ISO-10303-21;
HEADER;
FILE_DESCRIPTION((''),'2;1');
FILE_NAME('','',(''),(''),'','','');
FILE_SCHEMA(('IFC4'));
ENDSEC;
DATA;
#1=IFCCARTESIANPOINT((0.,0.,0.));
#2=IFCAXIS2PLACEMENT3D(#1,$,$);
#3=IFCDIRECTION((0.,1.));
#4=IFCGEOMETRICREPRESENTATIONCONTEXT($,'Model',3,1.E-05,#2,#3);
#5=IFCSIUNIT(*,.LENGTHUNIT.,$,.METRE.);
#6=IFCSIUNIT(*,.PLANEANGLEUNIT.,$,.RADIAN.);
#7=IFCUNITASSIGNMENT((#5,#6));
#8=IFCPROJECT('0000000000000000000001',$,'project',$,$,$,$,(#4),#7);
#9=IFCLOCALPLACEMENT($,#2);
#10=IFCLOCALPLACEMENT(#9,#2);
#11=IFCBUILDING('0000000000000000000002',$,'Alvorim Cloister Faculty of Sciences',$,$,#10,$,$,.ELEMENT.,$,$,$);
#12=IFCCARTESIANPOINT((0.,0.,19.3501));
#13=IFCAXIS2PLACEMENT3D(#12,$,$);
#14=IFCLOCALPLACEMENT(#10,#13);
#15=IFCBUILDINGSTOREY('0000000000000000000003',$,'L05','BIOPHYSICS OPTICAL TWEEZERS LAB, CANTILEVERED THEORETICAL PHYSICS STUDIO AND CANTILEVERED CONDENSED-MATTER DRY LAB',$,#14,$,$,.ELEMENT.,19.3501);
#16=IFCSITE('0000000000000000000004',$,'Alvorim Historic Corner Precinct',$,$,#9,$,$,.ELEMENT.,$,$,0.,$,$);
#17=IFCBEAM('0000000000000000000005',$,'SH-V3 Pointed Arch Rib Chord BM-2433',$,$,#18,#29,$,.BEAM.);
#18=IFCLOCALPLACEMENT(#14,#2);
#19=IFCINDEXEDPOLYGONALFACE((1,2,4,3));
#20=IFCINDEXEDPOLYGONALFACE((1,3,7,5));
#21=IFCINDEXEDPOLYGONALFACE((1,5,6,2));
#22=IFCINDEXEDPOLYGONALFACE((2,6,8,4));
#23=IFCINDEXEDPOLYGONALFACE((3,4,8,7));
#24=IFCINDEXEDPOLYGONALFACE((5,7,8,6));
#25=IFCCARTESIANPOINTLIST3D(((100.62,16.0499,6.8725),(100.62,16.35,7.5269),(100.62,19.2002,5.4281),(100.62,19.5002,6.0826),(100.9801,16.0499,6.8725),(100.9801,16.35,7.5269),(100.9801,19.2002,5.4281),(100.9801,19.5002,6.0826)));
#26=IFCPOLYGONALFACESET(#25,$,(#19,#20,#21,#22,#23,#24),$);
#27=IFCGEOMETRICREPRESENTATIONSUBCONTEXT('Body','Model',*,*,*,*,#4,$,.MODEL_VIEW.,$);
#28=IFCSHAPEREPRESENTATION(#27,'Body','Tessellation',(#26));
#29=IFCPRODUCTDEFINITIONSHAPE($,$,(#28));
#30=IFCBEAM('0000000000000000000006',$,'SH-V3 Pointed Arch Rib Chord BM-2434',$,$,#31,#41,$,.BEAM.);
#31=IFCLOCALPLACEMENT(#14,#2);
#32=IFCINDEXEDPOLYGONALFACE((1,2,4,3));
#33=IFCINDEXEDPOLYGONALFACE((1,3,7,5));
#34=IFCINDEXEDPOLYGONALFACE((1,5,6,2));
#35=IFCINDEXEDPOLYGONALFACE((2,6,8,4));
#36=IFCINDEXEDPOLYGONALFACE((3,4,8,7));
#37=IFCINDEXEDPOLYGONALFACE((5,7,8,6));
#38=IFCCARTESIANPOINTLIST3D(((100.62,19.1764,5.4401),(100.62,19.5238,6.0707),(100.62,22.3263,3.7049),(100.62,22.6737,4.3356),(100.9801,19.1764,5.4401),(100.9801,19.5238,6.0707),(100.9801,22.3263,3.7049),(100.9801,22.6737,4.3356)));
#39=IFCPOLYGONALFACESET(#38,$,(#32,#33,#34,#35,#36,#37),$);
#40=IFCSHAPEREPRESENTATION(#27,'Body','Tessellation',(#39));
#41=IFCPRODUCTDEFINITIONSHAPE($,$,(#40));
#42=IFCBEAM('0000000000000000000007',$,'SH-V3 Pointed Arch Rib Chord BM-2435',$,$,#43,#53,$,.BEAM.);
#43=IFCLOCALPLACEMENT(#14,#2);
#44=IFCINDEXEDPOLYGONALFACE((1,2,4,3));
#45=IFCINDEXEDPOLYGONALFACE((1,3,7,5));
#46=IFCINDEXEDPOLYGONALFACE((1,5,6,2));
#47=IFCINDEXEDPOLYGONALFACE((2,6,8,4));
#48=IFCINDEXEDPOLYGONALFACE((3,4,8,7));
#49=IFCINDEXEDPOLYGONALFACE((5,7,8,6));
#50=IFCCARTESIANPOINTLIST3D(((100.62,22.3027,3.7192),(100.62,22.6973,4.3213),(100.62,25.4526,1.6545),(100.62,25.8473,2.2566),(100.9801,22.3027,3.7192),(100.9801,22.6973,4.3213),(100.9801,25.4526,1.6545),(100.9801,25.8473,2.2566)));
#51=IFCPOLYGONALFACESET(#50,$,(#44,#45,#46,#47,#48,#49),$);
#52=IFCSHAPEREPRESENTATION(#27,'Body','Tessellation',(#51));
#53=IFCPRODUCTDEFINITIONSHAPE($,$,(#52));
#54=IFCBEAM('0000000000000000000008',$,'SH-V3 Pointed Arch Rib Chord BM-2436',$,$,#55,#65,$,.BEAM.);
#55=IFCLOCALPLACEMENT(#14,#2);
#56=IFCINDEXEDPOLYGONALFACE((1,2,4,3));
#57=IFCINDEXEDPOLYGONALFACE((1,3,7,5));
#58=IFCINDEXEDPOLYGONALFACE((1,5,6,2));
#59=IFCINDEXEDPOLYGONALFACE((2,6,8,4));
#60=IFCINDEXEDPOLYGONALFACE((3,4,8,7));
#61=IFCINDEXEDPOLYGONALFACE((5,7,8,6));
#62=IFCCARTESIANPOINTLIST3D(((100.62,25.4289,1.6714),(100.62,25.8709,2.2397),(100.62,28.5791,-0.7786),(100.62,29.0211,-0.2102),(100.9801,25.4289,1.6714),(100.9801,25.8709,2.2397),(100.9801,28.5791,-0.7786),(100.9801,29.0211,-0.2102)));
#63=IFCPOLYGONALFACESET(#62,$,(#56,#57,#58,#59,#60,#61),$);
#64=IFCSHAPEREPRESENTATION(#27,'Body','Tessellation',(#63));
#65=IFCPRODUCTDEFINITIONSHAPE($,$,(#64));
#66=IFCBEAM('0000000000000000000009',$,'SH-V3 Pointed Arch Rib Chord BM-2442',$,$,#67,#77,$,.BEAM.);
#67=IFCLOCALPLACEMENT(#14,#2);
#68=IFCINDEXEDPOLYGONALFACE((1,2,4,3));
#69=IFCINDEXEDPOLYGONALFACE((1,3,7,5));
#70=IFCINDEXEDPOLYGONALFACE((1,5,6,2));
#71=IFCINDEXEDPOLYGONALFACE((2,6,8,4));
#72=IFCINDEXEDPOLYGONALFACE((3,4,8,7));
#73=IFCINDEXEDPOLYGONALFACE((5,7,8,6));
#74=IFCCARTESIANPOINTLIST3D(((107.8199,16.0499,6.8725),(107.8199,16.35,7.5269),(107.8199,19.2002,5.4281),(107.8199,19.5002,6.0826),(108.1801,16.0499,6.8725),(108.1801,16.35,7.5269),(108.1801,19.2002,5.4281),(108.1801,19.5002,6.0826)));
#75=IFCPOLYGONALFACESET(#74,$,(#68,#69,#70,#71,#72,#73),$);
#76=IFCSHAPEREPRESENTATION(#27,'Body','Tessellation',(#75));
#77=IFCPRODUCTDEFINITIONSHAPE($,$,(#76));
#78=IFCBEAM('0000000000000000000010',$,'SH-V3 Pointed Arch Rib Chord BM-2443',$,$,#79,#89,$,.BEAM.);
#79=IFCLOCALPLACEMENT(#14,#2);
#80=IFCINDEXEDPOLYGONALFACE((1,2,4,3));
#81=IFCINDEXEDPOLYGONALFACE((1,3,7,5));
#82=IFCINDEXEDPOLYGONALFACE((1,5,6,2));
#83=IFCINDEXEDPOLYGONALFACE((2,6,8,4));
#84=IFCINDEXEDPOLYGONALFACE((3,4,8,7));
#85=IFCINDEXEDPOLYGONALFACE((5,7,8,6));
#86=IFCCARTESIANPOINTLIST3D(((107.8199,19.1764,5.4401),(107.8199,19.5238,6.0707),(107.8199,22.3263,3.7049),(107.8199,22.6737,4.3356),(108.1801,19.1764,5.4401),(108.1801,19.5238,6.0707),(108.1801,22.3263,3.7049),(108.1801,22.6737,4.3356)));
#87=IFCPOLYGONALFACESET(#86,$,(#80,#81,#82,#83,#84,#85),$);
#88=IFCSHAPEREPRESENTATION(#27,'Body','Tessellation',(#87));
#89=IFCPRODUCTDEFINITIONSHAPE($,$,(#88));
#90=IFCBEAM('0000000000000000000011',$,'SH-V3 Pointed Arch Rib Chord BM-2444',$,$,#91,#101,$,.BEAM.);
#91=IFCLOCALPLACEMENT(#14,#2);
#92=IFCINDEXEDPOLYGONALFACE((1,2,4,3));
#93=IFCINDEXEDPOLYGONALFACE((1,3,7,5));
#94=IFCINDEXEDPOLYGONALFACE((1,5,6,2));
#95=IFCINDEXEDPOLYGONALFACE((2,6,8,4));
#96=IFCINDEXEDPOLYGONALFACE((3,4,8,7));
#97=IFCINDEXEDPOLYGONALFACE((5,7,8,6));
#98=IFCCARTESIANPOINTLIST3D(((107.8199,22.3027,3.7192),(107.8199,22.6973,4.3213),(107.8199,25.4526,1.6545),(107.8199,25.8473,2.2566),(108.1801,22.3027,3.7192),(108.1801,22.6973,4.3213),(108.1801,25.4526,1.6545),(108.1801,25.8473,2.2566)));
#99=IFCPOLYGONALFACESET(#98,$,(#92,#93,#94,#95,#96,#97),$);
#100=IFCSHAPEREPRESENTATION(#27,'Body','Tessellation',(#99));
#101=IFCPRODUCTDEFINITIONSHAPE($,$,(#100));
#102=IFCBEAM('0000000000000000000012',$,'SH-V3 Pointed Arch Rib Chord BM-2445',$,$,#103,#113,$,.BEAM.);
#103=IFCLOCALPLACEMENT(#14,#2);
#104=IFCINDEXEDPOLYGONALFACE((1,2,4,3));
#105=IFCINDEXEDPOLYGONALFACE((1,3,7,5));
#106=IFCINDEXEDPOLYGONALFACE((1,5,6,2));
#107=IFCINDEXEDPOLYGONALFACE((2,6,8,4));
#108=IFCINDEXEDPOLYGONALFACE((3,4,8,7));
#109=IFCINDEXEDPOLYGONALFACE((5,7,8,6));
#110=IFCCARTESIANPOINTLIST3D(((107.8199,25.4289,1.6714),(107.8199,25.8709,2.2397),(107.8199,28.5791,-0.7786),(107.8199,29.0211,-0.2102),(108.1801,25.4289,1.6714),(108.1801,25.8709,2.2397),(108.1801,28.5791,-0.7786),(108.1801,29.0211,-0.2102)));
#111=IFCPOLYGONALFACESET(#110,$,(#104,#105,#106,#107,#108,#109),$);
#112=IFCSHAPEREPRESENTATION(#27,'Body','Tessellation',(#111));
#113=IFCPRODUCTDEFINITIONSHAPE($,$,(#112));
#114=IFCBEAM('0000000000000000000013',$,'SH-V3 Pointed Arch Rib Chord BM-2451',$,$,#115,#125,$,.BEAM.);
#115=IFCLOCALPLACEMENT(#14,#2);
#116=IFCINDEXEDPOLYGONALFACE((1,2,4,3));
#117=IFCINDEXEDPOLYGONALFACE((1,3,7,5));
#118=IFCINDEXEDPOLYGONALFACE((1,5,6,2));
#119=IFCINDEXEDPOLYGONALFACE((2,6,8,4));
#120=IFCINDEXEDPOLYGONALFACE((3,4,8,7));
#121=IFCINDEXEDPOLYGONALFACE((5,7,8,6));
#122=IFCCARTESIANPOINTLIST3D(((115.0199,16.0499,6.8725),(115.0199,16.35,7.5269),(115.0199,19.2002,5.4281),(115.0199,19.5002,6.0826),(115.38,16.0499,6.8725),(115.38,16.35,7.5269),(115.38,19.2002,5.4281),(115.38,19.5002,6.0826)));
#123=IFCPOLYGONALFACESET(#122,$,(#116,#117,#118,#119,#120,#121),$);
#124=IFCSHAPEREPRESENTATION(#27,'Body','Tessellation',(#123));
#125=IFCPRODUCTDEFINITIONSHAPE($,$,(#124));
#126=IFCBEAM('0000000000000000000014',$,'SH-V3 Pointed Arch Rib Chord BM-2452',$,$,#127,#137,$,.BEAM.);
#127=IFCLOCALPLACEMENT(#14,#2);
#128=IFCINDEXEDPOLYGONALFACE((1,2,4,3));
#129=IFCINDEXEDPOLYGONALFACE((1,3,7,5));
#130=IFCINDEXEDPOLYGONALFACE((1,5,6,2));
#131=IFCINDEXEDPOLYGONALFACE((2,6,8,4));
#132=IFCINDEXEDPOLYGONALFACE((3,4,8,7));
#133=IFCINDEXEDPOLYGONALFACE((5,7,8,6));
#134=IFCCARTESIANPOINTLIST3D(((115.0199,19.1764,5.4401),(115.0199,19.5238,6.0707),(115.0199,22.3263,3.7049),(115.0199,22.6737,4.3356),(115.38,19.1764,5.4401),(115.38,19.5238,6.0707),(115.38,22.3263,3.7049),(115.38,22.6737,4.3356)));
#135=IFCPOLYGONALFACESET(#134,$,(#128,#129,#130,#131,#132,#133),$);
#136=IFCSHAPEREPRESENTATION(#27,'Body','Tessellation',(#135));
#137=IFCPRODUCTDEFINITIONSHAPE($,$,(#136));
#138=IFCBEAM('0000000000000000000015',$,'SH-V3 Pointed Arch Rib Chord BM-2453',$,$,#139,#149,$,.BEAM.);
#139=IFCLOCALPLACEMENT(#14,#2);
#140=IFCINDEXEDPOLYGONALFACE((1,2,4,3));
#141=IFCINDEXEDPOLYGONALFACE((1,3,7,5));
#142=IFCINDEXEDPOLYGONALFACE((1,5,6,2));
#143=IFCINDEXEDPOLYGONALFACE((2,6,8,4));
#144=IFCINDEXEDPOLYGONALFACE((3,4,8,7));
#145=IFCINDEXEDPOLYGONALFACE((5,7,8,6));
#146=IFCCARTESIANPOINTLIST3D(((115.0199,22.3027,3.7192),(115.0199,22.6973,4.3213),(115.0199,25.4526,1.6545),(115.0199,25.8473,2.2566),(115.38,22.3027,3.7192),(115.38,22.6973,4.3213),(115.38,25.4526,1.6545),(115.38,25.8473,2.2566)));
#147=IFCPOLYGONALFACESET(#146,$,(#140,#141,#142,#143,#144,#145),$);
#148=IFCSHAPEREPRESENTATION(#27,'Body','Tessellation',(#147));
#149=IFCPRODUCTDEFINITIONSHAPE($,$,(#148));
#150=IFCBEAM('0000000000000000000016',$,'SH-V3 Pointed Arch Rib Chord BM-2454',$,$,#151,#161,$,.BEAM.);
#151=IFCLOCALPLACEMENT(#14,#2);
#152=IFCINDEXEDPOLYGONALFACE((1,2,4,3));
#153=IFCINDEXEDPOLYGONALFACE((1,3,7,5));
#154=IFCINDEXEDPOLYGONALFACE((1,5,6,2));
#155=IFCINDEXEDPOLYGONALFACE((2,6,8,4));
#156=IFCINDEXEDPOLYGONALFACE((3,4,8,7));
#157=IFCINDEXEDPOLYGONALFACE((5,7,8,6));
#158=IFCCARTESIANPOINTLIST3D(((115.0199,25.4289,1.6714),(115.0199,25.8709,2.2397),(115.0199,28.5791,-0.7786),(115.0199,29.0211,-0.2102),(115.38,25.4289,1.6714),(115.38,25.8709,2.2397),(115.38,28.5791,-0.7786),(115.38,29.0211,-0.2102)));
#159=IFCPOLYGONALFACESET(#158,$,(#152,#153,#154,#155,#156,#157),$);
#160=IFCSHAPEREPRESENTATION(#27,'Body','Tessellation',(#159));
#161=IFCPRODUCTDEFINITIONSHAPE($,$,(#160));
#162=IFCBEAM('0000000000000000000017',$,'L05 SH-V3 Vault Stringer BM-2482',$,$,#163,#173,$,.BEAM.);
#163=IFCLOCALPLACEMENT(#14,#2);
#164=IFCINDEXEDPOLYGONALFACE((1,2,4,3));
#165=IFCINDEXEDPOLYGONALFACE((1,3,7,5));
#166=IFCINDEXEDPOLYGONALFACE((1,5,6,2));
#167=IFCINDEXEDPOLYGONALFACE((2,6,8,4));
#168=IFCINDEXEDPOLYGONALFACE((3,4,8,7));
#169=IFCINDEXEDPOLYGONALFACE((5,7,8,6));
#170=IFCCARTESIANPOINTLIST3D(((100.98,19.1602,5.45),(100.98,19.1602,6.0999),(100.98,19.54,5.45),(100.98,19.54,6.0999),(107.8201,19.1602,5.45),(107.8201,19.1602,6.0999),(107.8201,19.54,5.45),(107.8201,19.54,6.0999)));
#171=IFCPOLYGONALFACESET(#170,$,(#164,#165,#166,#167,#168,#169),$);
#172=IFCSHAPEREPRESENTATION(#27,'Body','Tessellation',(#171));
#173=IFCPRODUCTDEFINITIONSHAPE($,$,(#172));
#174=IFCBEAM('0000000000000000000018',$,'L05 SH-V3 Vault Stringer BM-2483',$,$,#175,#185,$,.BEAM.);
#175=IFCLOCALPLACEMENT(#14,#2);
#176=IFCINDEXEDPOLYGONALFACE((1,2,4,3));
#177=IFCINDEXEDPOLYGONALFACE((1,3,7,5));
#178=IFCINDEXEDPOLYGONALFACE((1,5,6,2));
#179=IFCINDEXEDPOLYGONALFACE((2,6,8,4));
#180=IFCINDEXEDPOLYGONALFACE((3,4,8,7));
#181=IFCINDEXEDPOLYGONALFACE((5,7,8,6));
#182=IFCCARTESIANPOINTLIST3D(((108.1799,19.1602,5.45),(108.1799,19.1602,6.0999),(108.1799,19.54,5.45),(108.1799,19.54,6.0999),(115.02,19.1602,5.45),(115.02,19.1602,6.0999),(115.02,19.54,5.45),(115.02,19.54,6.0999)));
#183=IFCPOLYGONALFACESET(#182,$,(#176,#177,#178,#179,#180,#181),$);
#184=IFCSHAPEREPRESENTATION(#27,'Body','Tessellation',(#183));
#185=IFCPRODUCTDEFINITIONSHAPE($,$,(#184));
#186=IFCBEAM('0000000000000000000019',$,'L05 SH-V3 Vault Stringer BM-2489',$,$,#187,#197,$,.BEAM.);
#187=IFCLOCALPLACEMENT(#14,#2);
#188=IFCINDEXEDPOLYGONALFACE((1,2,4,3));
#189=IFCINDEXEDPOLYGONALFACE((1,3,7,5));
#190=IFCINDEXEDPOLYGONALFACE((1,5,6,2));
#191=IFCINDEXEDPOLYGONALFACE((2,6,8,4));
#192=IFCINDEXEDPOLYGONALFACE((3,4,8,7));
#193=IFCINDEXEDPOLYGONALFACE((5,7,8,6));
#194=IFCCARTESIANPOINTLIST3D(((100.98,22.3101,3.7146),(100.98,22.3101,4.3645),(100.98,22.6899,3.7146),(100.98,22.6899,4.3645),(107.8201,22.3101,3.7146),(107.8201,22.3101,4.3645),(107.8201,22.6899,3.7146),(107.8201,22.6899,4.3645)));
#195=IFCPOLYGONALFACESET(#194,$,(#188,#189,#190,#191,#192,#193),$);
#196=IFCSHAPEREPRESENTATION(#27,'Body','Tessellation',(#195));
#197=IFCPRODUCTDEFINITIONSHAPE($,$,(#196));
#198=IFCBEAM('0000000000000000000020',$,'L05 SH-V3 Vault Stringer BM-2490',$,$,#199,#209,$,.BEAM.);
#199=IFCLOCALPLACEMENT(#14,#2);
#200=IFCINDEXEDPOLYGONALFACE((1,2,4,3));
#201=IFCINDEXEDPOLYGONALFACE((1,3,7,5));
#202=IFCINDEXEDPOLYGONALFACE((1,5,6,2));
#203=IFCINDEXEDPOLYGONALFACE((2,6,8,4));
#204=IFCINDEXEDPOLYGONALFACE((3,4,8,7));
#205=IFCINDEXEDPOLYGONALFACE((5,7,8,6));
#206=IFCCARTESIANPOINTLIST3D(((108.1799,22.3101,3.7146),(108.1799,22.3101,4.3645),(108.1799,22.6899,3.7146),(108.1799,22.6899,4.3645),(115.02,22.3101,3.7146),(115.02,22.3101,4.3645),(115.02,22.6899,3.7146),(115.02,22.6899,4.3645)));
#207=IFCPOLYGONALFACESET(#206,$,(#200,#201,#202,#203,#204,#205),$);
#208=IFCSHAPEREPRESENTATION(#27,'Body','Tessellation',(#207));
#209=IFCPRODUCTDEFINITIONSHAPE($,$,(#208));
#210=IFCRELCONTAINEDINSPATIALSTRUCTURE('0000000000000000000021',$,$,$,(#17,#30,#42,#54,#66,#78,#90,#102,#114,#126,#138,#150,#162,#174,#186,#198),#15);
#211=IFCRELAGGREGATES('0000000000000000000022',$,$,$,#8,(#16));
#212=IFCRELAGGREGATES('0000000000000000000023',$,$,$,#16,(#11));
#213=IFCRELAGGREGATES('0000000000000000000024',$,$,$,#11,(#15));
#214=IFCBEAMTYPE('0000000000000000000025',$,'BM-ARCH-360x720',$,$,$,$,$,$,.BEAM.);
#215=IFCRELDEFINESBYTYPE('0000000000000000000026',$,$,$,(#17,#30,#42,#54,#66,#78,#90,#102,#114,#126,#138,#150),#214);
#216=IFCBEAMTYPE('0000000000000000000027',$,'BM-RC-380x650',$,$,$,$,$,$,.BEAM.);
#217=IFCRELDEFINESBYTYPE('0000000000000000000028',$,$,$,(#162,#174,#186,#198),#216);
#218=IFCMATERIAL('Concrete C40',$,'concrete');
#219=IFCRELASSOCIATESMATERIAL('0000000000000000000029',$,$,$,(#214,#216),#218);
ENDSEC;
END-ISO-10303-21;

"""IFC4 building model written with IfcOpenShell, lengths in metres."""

from ifc_helpers import new_model, si_unit, direction, frame, origin, origin_2d, place, context, subcontext, project, spatial, rectangle, extrude, material, material_profile, profile_set, type_object, element, save


model = new_model("IFC4")

# Units and contexts
model_context = context("Model", 3, precision=1e-05, world=origin(), true_north=direction((0.0, 1.0)))
body_context = subcontext(model_context, "Body", "Model", "MODEL_VIEW")
ifc_project = project(units=[si_unit("LENGTHUNIT", "METRE"), si_unit("PLANEANGLEUNIT", "RADIAN")], contexts=[model_context])

# Site, building, storey
site_placement = place(None, origin())
site = spatial("IfcSite", under=ifc_project, at=site_placement, Name="Alvorim Historic Corner Precinct", CompositionType="ELEMENT", RefElevation=0.0)
building_placement = place(site_placement, origin())
building = spatial("IfcBuilding", under=site, at=building_placement, Name="Alvorim Cloister Faculty of Sciences", CompositionType="ELEMENT")
storey_placement = place(building_placement, frame((0.0, 0.0, 19.3501)))
storey = spatial("IfcBuildingStorey", under=building, at=storey_placement, Name="L05", Description="BIOPHYSICS OPTICAL TWEEZERS LAB, CANTILEVERED THEORETICAL PHYSICS STUDIO AND CANTILEVERED CONDENSED-MATTER DRY LAB", CompositionType="ELEMENT", Elevation=19.3501)

# Beams
ifc_material = material(Name="Concrete C40", Category="concrete")
ifc_material_profile_1 = material_profile(ifc_material, rectangle(XDim=0.3601, YDim=0.72, at=origin_2d()), Name="RC40-ARCH-360x720")
ifc_profile_set_1 = profile_set([ifc_material_profile_1], Name="Concrete C40")
beam_type_1 = type_object("IfcBeamType", Name="BM-ARCH-360x720", PredefinedType="BEAM", material=ifc_profile_set_1)
beam_1_placement = place(storey_placement, frame((100.8, 16.2, 7.1997), z_axis=(0.0, 0.909008, -0.416778), x_axis=(-1.0, 0.0, 0.0)))
element("IfcBeam", 1, at=beam_1_placement, inside=storey, type_object=beam_type_1, Name="SH-V3 Pointed Arch Rib Chord BM-2433", PredefinedType="BEAM", context=body_context, shape_type="SweptSolid", body=[
    extrude(rectangle(XDim=0.3601, YDim=0.72, at=origin_2d()), origin(), (0.0, 0.0, 1.0), 3.4656),
])
beam_2_placement = place(storey_placement, frame((100.8, 19.3501, 5.7554), z_axis=(0.0, 0.875903, -0.482487), x_axis=(-1.0, 0.0, 0.0)))
element("IfcBeam", 2, at=beam_2_placement, inside=storey, type_object=beam_type_1, Name="SH-V3 Pointed Arch Rib Chord BM-2434", PredefinedType="BEAM", context=body_context, shape_type="SweptSolid", body=[
    extrude(rectangle(XDim=0.3601, YDim=0.72, at=origin_2d()), origin(), (0.0, 0.0, 1.0), 3.5962),
])
beam_3_placement = place(storey_placement, frame((100.8, 22.5, 4.0203), z_axis=(0.0, 0.836343, -0.548206), x_axis=(-1.0, 0.0, 0.0)))
element("IfcBeam", 3, at=beam_3_placement, inside=storey, type_object=beam_type_1, Name="SH-V3 Pointed Arch Rib Chord BM-2435", PredefinedType="BEAM", context=body_context, shape_type="SweptSolid", body=[
    extrude(rectangle(XDim=0.3601, YDim=0.72, at=origin_2d()), origin(), (0.0, 0.0, 1.0), 3.7664),
])
beam_4_placement = place(storey_placement, frame((100.8, 25.6499, 1.9556), z_axis=(0.0, 0.789372, -0.613915), x_axis=(-1.0, 0.0, 0.0)))
element("IfcBeam", 4, at=beam_4_placement, inside=storey, type_object=beam_type_1, Name="SH-V3 Pointed Arch Rib Chord BM-2436", PredefinedType="BEAM", context=body_context, shape_type="SweptSolid", body=[
    extrude(rectangle(XDim=0.3601, YDim=0.72, at=origin_2d()), origin(), (0.0, 0.0, 1.0), 3.9907),
])
beam_5_placement = place(storey_placement, frame((108.0, 16.2, 7.1997), z_axis=(0.0, 0.909008, -0.416778), x_axis=(-1.0, 0.0, 0.0)))
element("IfcBeam", 5, at=beam_5_placement, inside=storey, type_object=beam_type_1, Name="SH-V3 Pointed Arch Rib Chord BM-2442", PredefinedType="BEAM", context=body_context, shape_type="SweptSolid", body=[
    extrude(rectangle(XDim=0.3601, YDim=0.72, at=origin_2d()), origin(), (0.0, 0.0, 1.0), 3.4656),
])
beam_6_placement = place(storey_placement, frame((108.0, 19.3501, 5.7554), z_axis=(0.0, 0.875903, -0.482487), x_axis=(-1.0, 0.0, 0.0)))
element("IfcBeam", 6, at=beam_6_placement, inside=storey, type_object=beam_type_1, Name="SH-V3 Pointed Arch Rib Chord BM-2443", PredefinedType="BEAM", context=body_context, shape_type="SweptSolid", body=[
    extrude(rectangle(XDim=0.3601, YDim=0.72, at=origin_2d()), origin(), (0.0, 0.0, 1.0), 3.5962),
])
beam_7_placement = place(storey_placement, frame((108.0, 22.5, 4.0203), z_axis=(0.0, 0.836343, -0.548206), x_axis=(-1.0, 0.0, 0.0)))
element("IfcBeam", 7, at=beam_7_placement, inside=storey, type_object=beam_type_1, Name="SH-V3 Pointed Arch Rib Chord BM-2444", PredefinedType="BEAM", context=body_context, shape_type="SweptSolid", body=[
    extrude(rectangle(XDim=0.3601, YDim=0.72, at=origin_2d()), origin(), (0.0, 0.0, 1.0), 3.7664),
])
beam_8_placement = place(storey_placement, frame((108.0, 25.6499, 1.9556), z_axis=(0.0, 0.789372, -0.613915), x_axis=(-1.0, 0.0, 0.0)))
element("IfcBeam", 8, at=beam_8_placement, inside=storey, type_object=beam_type_1, Name="SH-V3 Pointed Arch Rib Chord BM-2445", PredefinedType="BEAM", context=body_context, shape_type="SweptSolid", body=[
    extrude(rectangle(XDim=0.3601, YDim=0.72, at=origin_2d()), origin(), (0.0, 0.0, 1.0), 3.9907),
])
beam_9_placement = place(storey_placement, frame((115.2, 16.2, 7.1997), z_axis=(0.0, 0.909008, -0.416778), x_axis=(-1.0, 0.0, 0.0)))
element("IfcBeam", 9, at=beam_9_placement, inside=storey, type_object=beam_type_1, Name="SH-V3 Pointed Arch Rib Chord BM-2451", PredefinedType="BEAM", context=body_context, shape_type="SweptSolid", body=[
    extrude(rectangle(XDim=0.3601, YDim=0.72, at=origin_2d()), origin(), (0.0, 0.0, 1.0), 3.4656),
])
beam_10_placement = place(storey_placement, frame((115.2, 19.3501, 5.7554), z_axis=(0.0, 0.875903, -0.482487), x_axis=(-1.0, 0.0, 0.0)))
element("IfcBeam", 10, at=beam_10_placement, inside=storey, type_object=beam_type_1, Name="SH-V3 Pointed Arch Rib Chord BM-2452", PredefinedType="BEAM", context=body_context, shape_type="SweptSolid", body=[
    extrude(rectangle(XDim=0.3601, YDim=0.72, at=origin_2d()), origin(), (0.0, 0.0, 1.0), 3.5962),
])
beam_11_placement = place(storey_placement, frame((115.2, 22.5, 4.0203), z_axis=(0.0, 0.836343, -0.548206), x_axis=(-1.0, 0.0, 0.0)))
element("IfcBeam", 11, at=beam_11_placement, inside=storey, type_object=beam_type_1, Name="SH-V3 Pointed Arch Rib Chord BM-2453", PredefinedType="BEAM", context=body_context, shape_type="SweptSolid", body=[
    extrude(rectangle(XDim=0.3601, YDim=0.72, at=origin_2d()), origin(), (0.0, 0.0, 1.0), 3.7664),
])
beam_12_placement = place(storey_placement, frame((115.2, 25.6499, 1.9556), z_axis=(0.0, 0.789372, -0.613915), x_axis=(-1.0, 0.0, 0.0)))
element("IfcBeam", 12, at=beam_12_placement, inside=storey, type_object=beam_type_1, Name="SH-V3 Pointed Arch Rib Chord BM-2454", PredefinedType="BEAM", context=body_context, shape_type="SweptSolid", body=[
    extrude(rectangle(XDim=0.3601, YDim=0.72, at=origin_2d()), origin(), (0.0, 0.0, 1.0), 3.9907),
])
ifc_material_profile_2 = material_profile(ifc_material, rectangle(XDim=0.3799, YDim=0.6499, at=origin_2d()), Name="RC40-BM-380x650")
ifc_profile_set_2 = profile_set([ifc_material_profile_2], Name="Concrete C40")
beam_type_2 = type_object("IfcBeamType", Name="BM-RC-380x650", PredefinedType="BEAM", material=ifc_profile_set_2)
for number, where, z_axis, x_axis, name in (
    (13, (100.98, 19.3501, 5.7749), (1.0, 0.0, 0.0), (0.0, 1.0, 0.0), "L05 SH-V3 Vault Stringer BM-2482"),
    (14, (108.1799, 19.3501, 5.7749), (1.0, 0.0, 0.0), (0.0, 1.0, 0.0), "L05 SH-V3 Vault Stringer BM-2483"),
    (15, (100.98, 22.5, 4.0396), (1.0, 0.0, 0.0), (0.0, 1.0, 0.0), "L05 SH-V3 Vault Stringer BM-2489"),
    (16, (108.1799, 22.5, 4.0396), (1.0, 0.0, 0.0), (0.0, 1.0, 0.0), "L05 SH-V3 Vault Stringer BM-2490"),
):
    element("IfcBeam", number, at=place(storey_placement, frame(where, z_axis=z_axis, x_axis=x_axis)), inside=storey, type_object=beam_type_2, Name=name, PredefinedType="BEAM", context=body_context, shape_type="SweptSolid", body=[
        extrude(rectangle(XDim=0.3799, YDim=0.6499, at=origin_2d()), origin(), (0.0, 0.0, 1.0), 6.8401),
    ])

save(model, "model.ifc")
